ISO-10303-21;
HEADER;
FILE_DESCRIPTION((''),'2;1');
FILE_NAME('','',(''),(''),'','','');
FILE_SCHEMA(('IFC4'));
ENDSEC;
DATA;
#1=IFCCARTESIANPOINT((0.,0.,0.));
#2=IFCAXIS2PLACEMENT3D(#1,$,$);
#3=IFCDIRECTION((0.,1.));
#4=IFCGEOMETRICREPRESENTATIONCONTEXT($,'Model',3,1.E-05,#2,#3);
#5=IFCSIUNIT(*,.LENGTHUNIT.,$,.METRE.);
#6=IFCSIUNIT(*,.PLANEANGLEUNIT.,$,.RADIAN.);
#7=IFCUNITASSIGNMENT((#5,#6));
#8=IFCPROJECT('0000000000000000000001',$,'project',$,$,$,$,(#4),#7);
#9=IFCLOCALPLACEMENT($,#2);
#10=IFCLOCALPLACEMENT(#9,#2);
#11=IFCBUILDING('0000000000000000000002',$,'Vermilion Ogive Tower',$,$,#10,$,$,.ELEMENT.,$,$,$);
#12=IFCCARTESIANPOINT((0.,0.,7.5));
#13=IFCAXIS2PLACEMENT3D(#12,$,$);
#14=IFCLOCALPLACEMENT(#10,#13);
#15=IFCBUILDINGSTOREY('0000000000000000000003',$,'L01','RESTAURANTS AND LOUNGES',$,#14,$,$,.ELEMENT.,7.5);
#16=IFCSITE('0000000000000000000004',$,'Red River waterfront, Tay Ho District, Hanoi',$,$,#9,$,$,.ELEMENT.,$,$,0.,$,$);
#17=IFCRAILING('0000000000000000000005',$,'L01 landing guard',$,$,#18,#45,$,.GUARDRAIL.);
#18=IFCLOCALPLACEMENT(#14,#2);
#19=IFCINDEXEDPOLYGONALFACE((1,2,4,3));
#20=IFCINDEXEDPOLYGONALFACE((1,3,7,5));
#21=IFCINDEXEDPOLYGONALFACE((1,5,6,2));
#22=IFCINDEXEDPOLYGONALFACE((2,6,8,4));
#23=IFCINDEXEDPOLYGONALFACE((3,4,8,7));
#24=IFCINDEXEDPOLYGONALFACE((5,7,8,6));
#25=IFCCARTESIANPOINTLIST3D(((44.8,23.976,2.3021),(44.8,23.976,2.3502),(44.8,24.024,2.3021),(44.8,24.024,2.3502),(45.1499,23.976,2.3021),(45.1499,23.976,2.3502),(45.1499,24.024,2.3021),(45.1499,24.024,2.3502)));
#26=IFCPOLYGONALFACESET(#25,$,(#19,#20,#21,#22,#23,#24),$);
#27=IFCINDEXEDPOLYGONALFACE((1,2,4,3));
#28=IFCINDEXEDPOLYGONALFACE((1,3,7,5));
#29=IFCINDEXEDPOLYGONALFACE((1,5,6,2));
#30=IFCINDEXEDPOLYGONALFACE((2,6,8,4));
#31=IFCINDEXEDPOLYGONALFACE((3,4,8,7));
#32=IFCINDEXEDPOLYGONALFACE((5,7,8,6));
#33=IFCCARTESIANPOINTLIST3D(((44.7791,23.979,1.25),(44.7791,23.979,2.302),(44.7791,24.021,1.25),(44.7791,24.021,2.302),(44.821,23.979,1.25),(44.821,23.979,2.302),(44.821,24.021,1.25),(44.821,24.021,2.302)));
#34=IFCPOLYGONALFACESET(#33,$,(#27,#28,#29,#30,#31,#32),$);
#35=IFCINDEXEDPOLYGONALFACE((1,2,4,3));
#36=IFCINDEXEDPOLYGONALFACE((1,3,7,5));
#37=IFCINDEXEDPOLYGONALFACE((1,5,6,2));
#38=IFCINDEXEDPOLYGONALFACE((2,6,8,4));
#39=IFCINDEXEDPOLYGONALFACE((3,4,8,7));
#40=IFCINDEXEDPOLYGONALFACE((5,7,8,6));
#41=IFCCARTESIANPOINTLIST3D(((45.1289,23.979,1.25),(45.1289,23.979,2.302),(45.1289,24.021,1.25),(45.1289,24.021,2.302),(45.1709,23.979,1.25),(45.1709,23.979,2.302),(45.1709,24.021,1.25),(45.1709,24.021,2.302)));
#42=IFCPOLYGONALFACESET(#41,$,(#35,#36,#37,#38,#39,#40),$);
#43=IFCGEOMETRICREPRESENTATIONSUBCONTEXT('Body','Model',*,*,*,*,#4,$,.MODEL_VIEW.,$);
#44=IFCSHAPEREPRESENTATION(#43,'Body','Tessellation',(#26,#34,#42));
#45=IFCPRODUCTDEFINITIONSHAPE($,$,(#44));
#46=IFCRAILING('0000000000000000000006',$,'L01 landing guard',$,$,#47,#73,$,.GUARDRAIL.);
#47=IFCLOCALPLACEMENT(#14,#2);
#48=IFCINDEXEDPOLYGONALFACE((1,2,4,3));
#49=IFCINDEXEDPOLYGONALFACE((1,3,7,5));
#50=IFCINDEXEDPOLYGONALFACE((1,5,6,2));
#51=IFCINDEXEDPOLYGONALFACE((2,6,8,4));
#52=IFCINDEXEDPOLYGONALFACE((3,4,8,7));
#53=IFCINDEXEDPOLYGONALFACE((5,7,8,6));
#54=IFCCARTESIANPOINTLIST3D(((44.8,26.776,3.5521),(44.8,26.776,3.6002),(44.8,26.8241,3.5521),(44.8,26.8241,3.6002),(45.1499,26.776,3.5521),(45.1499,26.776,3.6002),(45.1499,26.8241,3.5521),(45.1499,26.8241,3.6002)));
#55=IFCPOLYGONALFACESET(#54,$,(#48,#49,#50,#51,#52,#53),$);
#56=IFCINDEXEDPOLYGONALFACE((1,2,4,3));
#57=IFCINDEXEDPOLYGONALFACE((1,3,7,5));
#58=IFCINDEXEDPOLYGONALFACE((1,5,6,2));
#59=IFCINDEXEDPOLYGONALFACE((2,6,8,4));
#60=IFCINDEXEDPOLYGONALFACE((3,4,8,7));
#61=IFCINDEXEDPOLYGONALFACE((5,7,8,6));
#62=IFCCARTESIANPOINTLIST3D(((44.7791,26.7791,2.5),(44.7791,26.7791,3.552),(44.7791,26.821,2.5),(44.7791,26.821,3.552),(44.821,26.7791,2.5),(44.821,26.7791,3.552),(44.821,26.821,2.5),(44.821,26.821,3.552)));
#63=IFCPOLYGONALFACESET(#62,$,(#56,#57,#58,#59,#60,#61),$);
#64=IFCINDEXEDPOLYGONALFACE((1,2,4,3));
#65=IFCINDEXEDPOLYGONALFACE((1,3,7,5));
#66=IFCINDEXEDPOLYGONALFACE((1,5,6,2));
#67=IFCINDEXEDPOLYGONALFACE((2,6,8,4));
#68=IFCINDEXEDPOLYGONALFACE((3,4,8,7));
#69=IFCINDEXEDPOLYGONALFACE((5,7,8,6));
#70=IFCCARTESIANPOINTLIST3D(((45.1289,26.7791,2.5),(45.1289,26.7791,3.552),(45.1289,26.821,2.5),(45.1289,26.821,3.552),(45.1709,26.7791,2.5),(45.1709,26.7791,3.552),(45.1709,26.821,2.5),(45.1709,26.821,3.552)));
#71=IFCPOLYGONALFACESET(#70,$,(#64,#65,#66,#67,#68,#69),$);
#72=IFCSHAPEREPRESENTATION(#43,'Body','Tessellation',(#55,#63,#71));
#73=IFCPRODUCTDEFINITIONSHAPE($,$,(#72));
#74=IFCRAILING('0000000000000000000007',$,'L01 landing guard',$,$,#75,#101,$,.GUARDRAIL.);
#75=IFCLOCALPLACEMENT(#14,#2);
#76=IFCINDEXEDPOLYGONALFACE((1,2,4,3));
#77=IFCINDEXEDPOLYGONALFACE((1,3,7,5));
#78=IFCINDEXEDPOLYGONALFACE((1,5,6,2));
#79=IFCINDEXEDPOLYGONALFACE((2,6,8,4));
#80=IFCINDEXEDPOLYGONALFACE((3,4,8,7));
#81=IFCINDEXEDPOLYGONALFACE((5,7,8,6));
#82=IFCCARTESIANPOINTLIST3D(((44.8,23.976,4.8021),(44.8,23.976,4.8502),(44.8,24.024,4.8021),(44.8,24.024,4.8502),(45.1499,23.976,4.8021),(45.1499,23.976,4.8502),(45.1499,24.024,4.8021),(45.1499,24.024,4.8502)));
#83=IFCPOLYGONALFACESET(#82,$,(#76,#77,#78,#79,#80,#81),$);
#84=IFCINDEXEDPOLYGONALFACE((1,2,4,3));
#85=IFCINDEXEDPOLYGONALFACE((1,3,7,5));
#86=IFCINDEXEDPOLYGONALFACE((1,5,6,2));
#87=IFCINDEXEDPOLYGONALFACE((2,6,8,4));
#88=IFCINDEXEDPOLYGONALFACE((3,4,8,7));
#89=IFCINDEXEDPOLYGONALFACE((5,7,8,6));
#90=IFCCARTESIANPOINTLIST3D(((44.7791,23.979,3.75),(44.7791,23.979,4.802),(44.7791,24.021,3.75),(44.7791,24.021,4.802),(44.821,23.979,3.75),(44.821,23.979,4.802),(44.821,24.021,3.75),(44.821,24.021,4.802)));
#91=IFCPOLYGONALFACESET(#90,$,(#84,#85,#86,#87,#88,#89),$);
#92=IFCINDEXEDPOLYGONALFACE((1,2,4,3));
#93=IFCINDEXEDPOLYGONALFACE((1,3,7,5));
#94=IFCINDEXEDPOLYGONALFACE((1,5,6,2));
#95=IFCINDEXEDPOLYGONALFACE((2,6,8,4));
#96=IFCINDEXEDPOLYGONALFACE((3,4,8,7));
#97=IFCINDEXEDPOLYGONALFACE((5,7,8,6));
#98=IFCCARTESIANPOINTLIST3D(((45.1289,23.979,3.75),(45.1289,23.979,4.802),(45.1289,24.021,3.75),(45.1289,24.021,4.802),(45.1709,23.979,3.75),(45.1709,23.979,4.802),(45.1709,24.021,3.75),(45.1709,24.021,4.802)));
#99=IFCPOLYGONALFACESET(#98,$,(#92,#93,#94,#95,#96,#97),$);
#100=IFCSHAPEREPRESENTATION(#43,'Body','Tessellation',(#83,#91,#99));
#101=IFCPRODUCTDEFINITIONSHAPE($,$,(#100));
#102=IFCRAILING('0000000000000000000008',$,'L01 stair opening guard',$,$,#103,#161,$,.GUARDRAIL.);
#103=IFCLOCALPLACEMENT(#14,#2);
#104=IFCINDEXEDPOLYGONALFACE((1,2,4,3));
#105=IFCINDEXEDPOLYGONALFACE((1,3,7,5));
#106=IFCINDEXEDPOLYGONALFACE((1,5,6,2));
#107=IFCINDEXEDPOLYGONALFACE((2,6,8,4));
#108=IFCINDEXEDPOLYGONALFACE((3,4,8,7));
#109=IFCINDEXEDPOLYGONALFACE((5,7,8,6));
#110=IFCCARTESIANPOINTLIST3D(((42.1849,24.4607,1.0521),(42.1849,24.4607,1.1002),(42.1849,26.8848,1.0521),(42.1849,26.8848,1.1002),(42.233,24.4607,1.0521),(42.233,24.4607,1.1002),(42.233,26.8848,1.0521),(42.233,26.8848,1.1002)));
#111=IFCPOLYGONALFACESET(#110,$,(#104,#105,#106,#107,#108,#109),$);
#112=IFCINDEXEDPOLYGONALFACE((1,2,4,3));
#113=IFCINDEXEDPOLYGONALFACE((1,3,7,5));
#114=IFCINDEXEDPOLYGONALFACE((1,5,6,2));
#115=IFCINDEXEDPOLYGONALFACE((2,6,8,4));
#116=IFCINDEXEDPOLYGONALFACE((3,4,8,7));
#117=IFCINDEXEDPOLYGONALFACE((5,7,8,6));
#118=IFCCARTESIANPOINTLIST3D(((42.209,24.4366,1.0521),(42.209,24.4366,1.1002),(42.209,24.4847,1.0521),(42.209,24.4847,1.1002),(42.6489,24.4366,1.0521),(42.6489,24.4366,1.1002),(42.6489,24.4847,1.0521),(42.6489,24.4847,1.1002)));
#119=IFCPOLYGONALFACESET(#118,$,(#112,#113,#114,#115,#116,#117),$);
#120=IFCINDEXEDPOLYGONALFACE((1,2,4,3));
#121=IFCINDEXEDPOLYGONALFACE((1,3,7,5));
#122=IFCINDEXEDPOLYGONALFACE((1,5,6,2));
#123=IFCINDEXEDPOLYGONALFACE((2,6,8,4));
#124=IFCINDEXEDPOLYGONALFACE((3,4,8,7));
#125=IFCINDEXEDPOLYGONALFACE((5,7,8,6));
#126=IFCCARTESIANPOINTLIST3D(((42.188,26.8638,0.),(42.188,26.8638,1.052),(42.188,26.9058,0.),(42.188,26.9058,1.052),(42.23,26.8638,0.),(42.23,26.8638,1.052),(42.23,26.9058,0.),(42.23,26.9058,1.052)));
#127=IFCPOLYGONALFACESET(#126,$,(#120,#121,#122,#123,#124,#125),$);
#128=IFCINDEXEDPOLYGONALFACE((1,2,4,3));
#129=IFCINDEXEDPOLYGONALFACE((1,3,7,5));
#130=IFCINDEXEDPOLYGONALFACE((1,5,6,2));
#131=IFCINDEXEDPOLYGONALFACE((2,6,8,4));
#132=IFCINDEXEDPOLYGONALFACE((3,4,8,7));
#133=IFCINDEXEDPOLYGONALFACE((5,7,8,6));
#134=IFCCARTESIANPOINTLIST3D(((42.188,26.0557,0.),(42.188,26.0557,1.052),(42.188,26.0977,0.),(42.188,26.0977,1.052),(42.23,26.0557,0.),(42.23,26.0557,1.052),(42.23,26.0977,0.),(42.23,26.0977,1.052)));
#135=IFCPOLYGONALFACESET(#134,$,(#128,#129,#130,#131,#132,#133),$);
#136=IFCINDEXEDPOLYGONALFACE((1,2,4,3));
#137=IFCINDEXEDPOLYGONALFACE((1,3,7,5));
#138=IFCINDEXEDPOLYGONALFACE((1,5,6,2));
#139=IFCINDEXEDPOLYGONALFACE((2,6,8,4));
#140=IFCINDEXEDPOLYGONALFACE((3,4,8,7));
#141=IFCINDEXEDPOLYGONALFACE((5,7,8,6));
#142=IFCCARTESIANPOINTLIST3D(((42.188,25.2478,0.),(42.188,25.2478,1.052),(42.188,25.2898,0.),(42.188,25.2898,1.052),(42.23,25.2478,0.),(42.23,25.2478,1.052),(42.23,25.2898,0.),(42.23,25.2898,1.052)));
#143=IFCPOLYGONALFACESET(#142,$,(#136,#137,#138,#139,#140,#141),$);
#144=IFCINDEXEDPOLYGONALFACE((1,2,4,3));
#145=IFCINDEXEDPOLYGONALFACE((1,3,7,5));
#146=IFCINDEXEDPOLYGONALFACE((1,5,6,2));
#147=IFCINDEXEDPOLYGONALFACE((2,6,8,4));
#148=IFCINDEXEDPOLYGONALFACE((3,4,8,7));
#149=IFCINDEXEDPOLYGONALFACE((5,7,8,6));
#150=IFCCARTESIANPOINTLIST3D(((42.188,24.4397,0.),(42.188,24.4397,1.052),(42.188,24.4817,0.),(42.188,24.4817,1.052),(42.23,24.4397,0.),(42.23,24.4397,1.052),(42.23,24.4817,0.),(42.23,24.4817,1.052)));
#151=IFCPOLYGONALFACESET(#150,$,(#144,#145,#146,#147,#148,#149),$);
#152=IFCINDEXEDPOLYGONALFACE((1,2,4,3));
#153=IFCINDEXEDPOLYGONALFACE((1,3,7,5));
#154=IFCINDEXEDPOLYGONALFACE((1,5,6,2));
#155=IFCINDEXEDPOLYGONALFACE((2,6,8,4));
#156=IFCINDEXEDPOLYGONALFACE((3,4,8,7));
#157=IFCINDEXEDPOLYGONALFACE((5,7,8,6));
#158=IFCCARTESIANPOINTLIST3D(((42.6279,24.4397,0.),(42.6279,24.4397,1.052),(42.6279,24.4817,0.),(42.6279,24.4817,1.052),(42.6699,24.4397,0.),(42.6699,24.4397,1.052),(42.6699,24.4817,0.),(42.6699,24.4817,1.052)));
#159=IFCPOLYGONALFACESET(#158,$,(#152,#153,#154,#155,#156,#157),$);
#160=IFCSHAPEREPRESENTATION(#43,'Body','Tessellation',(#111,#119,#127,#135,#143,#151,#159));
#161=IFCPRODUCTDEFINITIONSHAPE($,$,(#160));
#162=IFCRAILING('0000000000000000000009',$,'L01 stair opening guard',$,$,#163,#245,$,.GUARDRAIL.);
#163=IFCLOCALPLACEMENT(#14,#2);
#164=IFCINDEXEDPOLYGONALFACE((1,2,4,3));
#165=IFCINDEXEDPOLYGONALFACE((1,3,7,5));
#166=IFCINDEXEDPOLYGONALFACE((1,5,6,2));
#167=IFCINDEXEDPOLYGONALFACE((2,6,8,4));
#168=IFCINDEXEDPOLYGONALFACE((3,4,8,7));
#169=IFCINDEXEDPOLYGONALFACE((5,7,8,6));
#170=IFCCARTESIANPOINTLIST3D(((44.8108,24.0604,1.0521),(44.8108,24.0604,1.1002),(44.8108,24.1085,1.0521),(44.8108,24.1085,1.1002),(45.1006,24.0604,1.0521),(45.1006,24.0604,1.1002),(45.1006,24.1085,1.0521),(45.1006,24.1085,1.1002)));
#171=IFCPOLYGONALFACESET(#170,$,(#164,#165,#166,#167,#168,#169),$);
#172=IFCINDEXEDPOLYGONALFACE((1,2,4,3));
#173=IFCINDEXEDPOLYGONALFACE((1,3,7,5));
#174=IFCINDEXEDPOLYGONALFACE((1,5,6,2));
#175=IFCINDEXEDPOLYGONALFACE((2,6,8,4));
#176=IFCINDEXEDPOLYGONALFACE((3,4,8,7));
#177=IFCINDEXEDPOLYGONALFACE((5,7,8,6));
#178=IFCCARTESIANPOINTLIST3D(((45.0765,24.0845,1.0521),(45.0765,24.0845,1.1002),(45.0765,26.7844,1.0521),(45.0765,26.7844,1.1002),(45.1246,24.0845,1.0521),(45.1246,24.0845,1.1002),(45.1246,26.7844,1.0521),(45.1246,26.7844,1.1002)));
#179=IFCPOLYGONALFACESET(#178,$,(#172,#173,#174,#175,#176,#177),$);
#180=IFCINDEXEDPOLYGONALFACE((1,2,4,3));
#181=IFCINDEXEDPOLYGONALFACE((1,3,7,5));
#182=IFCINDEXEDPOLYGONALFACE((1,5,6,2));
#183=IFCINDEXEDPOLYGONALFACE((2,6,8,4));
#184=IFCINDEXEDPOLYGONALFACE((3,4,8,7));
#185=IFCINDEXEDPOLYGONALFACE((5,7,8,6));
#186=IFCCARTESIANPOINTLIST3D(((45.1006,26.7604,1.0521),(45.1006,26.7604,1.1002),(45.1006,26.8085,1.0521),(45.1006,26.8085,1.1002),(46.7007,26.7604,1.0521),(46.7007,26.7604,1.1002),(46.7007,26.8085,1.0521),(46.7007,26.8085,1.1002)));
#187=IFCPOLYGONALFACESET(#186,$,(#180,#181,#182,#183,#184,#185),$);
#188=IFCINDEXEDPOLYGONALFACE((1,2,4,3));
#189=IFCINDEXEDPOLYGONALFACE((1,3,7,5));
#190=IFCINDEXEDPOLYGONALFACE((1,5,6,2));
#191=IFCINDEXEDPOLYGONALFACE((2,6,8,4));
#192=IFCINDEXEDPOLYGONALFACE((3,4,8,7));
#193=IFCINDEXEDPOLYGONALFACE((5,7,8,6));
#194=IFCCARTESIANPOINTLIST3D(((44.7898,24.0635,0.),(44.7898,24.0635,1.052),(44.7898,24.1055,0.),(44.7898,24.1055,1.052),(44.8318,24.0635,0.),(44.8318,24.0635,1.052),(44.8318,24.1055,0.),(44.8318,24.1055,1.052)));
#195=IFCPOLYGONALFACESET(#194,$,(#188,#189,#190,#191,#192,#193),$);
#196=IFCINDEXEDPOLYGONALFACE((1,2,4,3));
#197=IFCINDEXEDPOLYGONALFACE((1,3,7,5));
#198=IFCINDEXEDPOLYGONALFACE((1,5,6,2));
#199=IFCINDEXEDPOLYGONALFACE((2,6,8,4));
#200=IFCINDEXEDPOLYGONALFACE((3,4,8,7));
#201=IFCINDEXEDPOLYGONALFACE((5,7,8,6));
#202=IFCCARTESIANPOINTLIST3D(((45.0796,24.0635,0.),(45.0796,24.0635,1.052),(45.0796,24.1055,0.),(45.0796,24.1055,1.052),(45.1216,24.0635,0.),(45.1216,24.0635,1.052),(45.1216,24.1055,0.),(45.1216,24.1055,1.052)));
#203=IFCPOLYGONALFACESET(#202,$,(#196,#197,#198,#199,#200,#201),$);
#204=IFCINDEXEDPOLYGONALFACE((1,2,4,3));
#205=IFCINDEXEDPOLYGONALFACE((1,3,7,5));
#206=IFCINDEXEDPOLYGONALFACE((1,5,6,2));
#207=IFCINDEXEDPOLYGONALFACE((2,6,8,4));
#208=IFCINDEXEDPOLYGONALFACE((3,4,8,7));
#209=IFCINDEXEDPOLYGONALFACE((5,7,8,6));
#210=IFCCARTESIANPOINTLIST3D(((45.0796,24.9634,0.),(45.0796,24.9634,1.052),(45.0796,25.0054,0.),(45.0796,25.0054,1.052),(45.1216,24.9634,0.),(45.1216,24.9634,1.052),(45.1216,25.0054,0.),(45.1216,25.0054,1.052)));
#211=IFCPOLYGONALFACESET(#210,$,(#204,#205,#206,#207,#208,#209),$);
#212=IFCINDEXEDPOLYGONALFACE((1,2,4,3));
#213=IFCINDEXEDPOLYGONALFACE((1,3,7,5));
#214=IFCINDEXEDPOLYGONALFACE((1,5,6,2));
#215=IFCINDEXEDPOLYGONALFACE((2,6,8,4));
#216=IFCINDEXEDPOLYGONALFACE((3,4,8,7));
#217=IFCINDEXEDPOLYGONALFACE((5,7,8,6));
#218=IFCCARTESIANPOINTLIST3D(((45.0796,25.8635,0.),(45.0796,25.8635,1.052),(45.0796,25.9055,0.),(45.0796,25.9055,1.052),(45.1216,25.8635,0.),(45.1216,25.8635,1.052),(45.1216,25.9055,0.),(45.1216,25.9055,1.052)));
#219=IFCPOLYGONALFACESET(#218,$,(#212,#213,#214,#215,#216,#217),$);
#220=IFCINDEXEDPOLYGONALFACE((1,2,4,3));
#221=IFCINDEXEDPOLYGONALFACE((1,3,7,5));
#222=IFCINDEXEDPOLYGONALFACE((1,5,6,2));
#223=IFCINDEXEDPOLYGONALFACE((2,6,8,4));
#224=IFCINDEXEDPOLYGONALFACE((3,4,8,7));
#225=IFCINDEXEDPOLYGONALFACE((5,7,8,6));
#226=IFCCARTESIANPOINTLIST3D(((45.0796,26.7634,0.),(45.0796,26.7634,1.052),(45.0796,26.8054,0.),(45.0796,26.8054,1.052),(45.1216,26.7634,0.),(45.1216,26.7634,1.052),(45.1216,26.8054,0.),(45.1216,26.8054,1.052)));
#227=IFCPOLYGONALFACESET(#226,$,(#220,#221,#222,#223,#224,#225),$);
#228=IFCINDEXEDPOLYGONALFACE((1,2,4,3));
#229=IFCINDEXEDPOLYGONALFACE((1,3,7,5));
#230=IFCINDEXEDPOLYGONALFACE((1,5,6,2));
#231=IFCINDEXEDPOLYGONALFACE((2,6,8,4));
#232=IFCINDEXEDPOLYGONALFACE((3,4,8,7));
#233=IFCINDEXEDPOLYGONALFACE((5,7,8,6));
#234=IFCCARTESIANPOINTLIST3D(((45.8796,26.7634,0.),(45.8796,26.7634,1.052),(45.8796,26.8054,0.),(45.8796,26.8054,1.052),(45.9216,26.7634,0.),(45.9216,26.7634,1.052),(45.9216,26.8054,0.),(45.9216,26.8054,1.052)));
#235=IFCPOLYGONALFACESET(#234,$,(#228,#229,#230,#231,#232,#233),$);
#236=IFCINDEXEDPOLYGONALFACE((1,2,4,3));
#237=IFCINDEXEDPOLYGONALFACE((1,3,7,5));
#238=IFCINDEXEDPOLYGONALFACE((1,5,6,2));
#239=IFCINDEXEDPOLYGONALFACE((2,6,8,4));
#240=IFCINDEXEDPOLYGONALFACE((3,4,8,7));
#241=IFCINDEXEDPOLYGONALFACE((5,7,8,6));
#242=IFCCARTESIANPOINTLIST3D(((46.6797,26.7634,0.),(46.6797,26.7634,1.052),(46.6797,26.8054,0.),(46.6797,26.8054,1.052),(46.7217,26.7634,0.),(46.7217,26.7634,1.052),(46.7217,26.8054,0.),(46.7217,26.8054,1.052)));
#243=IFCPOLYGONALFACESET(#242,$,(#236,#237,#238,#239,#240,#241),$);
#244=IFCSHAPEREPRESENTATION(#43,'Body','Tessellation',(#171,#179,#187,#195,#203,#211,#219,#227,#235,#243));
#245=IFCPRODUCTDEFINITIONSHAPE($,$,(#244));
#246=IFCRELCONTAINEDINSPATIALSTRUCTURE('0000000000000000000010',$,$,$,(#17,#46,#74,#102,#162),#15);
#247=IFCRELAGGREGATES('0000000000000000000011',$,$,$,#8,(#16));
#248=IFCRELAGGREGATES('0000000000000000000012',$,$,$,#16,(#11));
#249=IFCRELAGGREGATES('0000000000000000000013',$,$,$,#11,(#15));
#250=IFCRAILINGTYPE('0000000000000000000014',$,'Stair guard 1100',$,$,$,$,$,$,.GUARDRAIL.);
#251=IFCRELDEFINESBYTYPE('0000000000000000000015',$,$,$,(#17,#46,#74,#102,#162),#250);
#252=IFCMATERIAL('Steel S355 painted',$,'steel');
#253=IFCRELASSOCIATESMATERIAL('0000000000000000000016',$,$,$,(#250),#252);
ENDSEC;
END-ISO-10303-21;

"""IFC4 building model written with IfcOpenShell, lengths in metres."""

from ifc_helpers import new_model, si_unit, direction, frame, origin, origin_2d, place, context, subcontext, project, spatial, rectangle, extrude, material, type_object, element, save


model = new_model("IFC4")

# Units and contexts
model_context = context("Model", 3, precision=1e-05, world=origin(), true_north=direction((0.0, 1.0)))
body_context = subcontext(model_context, "Body", "Model", "MODEL_VIEW")
ifc_project = project(units=[si_unit("LENGTHUNIT", "METRE"), si_unit("PLANEANGLEUNIT", "RADIAN")], contexts=[model_context])

# Site, building, storey
site_placement = place(None, origin())
site = spatial("IfcSite", under=ifc_project, at=site_placement, Name="Red River waterfront, Tay Ho District, Hanoi", CompositionType="ELEMENT", RefElevation=0.0)
building_placement = place(site_placement, origin())
building = spatial("IfcBuilding", under=site, at=building_placement, Name="Vermilion Ogive Tower", CompositionType="ELEMENT")
storey_placement = place(building_placement, frame((0.0, 0.0, 7.5)))
storey = spatial("IfcBuildingStorey", under=building, at=storey_placement, Name="L01", Description="RESTAURANTS AND LOUNGES", CompositionType="ELEMENT", Elevation=7.5)

# Railings
ifc_material_1 = material(Name="Steel S355 painted", Category="steel")
railing_type_1 = type_object("IfcRailingType", Name="Stair guard 1100", PredefinedType="GUARDRAIL", material=ifc_material_1)
for number, where, name in (
    (1, (44.8, 24.0, 1.25), "L01 landing guard"),
    (2, (44.8, 26.8, 2.5), "L01 landing guard"),
    (3, (44.8, 24.0, 3.75), "L01 landing guard"),
):
    element("IfcRailing", number, at=place(storey_placement, frame(where)), inside=storey, type_object=railing_type_1, Name=name, PredefinedType="GUARDRAIL", context=body_context, shape_type="SweptSolid", body=[
        extrude(rectangle(XDim=0.0481, YDim=0.0481, at=origin_2d()), frame((0.0, 0.0, 1.0762), z_axis=(1.0, 0.0, 0.0), x_axis=(0.0, 1.0, 0.0)), (0.0, 0.0, 1.0), 0.3499),
        extrude(rectangle(XDim=0.042, YDim=0.042, at=origin_2d()), origin(), (0.0, 0.0, 1.0), 1.052),
        extrude(rectangle(XDim=0.042, YDim=0.042, at=origin_2d()), frame((0.3499, 0.0, 0.0)), (0.0, 0.0, 1.0), 1.052),
    ])
railing_1_placement = place(storey_placement, frame((42.209, 26.8848, 0.0)))
element("IfcRailing", 4, at=railing_1_placement, inside=storey, type_object=railing_type_1, Name="L01 stair opening guard", PredefinedType="GUARDRAIL", context=body_context, shape_type="SweptSolid", body=[
    extrude(rectangle(XDim=0.0481, YDim=0.0481, at=origin_2d()), frame((0.0, 0.0, 1.0762), z_axis=(0.0, -1.0, 0.0), x_axis=(1.0, 0.0, 0.0)), (0.0, 0.0, 1.0), 2.4241),
    extrude(rectangle(XDim=0.0481, YDim=0.0481, at=origin_2d()), frame((0.0, -2.4241, 1.0762), z_axis=(1.0, 0.0, 0.0), x_axis=(0.0, 1.0, 0.0)), (0.0, 0.0, 1.0), 0.4399),
    extrude(rectangle(XDim=0.042, YDim=0.042, at=origin_2d()), origin(), (0.0, 0.0, 1.0), 1.052),
    extrude(rectangle(XDim=0.042, YDim=0.042, at=origin_2d()), frame((0.0, -0.8081, 0.0)), (0.0, 0.0, 1.0), 1.052),
    extrude(rectangle(XDim=0.042, YDim=0.042, at=origin_2d()), frame((0.0, -1.616, 0.0)), (0.0, 0.0, 1.0), 1.052),
    extrude(rectangle(XDim=0.042, YDim=0.042, at=origin_2d()), frame((0.0, -2.4241, 0.0)), (0.0, 0.0, 1.0), 1.052),
    extrude(rectangle(XDim=0.042, YDim=0.042, at=origin_2d()), frame((0.4399, -2.4241, 0.0)), (0.0, 0.0, 1.0), 1.052),
])
railing_2_placement = place(storey_placement, frame((44.8108, 24.0845, 0.0)))
element("IfcRailing", 5, at=railing_2_placement, inside=storey, type_object=railing_type_1, Name="L01 stair opening guard", PredefinedType="GUARDRAIL", context=body_context, shape_type="SweptSolid", body=[
    extrude(rectangle(XDim=0.0481, YDim=0.0481, at=origin_2d()), frame((0.0, 0.0, 1.0762), z_axis=(1.0, 0.0, 0.0), x_axis=(0.0, 1.0, 0.0)), (0.0, 0.0, 1.0), 0.2898),
    extrude(rectangle(XDim=0.0481, YDim=0.0481, at=origin_2d()), frame((0.2898, 0.0, 1.0762), z_axis=(0.0, 1.0, 0.0), x_axis=(-1.0, 0.0, 0.0)), (0.0, 0.0, 1.0), 2.7),
    extrude(rectangle(XDim=0.0481, YDim=0.0481, at=origin_2d()), frame((0.2898, 2.7, 1.0762), z_axis=(1.0, 0.0, 0.0), x_axis=(0.0, 1.0, 0.0)), (0.0, 0.0, 1.0), 1.6001),
    extrude(rectangle(XDim=0.042, YDim=0.042, at=origin_2d()), origin(), (0.0, 0.0, 1.0), 1.052),
    extrude(rectangle(XDim=0.042, YDim=0.042, at=origin_2d()), frame((0.2898, 0.0, 0.0)), (0.0, 0.0, 1.0), 1.052),
    extrude(rectangle(XDim=0.042, YDim=0.042, at=origin_2d()), frame((0.2898, 0.8999, 0.0)), (0.0, 0.0, 1.0), 1.052),
    extrude(rectangle(XDim=0.042, YDim=0.042, at=origin_2d()), frame((0.2898, 1.8, 0.0)), (0.0, 0.0, 1.0), 1.052),
    extrude(rectangle(XDim=0.042, YDim=0.042, at=origin_2d()), frame((0.2898, 2.7, 0.0)), (0.0, 0.0, 1.0), 1.052),
    extrude(rectangle(XDim=0.042, YDim=0.042, at=origin_2d()), frame((1.0898, 2.7, 0.0)), (0.0, 0.0, 1.0), 1.052),
    extrude(rectangle(XDim=0.042, YDim=0.042, at=origin_2d()), frame((1.8899, 2.7, 0.0)), (0.0, 0.0, 1.0), 1.052),
])

save(model, "model.ifc")
